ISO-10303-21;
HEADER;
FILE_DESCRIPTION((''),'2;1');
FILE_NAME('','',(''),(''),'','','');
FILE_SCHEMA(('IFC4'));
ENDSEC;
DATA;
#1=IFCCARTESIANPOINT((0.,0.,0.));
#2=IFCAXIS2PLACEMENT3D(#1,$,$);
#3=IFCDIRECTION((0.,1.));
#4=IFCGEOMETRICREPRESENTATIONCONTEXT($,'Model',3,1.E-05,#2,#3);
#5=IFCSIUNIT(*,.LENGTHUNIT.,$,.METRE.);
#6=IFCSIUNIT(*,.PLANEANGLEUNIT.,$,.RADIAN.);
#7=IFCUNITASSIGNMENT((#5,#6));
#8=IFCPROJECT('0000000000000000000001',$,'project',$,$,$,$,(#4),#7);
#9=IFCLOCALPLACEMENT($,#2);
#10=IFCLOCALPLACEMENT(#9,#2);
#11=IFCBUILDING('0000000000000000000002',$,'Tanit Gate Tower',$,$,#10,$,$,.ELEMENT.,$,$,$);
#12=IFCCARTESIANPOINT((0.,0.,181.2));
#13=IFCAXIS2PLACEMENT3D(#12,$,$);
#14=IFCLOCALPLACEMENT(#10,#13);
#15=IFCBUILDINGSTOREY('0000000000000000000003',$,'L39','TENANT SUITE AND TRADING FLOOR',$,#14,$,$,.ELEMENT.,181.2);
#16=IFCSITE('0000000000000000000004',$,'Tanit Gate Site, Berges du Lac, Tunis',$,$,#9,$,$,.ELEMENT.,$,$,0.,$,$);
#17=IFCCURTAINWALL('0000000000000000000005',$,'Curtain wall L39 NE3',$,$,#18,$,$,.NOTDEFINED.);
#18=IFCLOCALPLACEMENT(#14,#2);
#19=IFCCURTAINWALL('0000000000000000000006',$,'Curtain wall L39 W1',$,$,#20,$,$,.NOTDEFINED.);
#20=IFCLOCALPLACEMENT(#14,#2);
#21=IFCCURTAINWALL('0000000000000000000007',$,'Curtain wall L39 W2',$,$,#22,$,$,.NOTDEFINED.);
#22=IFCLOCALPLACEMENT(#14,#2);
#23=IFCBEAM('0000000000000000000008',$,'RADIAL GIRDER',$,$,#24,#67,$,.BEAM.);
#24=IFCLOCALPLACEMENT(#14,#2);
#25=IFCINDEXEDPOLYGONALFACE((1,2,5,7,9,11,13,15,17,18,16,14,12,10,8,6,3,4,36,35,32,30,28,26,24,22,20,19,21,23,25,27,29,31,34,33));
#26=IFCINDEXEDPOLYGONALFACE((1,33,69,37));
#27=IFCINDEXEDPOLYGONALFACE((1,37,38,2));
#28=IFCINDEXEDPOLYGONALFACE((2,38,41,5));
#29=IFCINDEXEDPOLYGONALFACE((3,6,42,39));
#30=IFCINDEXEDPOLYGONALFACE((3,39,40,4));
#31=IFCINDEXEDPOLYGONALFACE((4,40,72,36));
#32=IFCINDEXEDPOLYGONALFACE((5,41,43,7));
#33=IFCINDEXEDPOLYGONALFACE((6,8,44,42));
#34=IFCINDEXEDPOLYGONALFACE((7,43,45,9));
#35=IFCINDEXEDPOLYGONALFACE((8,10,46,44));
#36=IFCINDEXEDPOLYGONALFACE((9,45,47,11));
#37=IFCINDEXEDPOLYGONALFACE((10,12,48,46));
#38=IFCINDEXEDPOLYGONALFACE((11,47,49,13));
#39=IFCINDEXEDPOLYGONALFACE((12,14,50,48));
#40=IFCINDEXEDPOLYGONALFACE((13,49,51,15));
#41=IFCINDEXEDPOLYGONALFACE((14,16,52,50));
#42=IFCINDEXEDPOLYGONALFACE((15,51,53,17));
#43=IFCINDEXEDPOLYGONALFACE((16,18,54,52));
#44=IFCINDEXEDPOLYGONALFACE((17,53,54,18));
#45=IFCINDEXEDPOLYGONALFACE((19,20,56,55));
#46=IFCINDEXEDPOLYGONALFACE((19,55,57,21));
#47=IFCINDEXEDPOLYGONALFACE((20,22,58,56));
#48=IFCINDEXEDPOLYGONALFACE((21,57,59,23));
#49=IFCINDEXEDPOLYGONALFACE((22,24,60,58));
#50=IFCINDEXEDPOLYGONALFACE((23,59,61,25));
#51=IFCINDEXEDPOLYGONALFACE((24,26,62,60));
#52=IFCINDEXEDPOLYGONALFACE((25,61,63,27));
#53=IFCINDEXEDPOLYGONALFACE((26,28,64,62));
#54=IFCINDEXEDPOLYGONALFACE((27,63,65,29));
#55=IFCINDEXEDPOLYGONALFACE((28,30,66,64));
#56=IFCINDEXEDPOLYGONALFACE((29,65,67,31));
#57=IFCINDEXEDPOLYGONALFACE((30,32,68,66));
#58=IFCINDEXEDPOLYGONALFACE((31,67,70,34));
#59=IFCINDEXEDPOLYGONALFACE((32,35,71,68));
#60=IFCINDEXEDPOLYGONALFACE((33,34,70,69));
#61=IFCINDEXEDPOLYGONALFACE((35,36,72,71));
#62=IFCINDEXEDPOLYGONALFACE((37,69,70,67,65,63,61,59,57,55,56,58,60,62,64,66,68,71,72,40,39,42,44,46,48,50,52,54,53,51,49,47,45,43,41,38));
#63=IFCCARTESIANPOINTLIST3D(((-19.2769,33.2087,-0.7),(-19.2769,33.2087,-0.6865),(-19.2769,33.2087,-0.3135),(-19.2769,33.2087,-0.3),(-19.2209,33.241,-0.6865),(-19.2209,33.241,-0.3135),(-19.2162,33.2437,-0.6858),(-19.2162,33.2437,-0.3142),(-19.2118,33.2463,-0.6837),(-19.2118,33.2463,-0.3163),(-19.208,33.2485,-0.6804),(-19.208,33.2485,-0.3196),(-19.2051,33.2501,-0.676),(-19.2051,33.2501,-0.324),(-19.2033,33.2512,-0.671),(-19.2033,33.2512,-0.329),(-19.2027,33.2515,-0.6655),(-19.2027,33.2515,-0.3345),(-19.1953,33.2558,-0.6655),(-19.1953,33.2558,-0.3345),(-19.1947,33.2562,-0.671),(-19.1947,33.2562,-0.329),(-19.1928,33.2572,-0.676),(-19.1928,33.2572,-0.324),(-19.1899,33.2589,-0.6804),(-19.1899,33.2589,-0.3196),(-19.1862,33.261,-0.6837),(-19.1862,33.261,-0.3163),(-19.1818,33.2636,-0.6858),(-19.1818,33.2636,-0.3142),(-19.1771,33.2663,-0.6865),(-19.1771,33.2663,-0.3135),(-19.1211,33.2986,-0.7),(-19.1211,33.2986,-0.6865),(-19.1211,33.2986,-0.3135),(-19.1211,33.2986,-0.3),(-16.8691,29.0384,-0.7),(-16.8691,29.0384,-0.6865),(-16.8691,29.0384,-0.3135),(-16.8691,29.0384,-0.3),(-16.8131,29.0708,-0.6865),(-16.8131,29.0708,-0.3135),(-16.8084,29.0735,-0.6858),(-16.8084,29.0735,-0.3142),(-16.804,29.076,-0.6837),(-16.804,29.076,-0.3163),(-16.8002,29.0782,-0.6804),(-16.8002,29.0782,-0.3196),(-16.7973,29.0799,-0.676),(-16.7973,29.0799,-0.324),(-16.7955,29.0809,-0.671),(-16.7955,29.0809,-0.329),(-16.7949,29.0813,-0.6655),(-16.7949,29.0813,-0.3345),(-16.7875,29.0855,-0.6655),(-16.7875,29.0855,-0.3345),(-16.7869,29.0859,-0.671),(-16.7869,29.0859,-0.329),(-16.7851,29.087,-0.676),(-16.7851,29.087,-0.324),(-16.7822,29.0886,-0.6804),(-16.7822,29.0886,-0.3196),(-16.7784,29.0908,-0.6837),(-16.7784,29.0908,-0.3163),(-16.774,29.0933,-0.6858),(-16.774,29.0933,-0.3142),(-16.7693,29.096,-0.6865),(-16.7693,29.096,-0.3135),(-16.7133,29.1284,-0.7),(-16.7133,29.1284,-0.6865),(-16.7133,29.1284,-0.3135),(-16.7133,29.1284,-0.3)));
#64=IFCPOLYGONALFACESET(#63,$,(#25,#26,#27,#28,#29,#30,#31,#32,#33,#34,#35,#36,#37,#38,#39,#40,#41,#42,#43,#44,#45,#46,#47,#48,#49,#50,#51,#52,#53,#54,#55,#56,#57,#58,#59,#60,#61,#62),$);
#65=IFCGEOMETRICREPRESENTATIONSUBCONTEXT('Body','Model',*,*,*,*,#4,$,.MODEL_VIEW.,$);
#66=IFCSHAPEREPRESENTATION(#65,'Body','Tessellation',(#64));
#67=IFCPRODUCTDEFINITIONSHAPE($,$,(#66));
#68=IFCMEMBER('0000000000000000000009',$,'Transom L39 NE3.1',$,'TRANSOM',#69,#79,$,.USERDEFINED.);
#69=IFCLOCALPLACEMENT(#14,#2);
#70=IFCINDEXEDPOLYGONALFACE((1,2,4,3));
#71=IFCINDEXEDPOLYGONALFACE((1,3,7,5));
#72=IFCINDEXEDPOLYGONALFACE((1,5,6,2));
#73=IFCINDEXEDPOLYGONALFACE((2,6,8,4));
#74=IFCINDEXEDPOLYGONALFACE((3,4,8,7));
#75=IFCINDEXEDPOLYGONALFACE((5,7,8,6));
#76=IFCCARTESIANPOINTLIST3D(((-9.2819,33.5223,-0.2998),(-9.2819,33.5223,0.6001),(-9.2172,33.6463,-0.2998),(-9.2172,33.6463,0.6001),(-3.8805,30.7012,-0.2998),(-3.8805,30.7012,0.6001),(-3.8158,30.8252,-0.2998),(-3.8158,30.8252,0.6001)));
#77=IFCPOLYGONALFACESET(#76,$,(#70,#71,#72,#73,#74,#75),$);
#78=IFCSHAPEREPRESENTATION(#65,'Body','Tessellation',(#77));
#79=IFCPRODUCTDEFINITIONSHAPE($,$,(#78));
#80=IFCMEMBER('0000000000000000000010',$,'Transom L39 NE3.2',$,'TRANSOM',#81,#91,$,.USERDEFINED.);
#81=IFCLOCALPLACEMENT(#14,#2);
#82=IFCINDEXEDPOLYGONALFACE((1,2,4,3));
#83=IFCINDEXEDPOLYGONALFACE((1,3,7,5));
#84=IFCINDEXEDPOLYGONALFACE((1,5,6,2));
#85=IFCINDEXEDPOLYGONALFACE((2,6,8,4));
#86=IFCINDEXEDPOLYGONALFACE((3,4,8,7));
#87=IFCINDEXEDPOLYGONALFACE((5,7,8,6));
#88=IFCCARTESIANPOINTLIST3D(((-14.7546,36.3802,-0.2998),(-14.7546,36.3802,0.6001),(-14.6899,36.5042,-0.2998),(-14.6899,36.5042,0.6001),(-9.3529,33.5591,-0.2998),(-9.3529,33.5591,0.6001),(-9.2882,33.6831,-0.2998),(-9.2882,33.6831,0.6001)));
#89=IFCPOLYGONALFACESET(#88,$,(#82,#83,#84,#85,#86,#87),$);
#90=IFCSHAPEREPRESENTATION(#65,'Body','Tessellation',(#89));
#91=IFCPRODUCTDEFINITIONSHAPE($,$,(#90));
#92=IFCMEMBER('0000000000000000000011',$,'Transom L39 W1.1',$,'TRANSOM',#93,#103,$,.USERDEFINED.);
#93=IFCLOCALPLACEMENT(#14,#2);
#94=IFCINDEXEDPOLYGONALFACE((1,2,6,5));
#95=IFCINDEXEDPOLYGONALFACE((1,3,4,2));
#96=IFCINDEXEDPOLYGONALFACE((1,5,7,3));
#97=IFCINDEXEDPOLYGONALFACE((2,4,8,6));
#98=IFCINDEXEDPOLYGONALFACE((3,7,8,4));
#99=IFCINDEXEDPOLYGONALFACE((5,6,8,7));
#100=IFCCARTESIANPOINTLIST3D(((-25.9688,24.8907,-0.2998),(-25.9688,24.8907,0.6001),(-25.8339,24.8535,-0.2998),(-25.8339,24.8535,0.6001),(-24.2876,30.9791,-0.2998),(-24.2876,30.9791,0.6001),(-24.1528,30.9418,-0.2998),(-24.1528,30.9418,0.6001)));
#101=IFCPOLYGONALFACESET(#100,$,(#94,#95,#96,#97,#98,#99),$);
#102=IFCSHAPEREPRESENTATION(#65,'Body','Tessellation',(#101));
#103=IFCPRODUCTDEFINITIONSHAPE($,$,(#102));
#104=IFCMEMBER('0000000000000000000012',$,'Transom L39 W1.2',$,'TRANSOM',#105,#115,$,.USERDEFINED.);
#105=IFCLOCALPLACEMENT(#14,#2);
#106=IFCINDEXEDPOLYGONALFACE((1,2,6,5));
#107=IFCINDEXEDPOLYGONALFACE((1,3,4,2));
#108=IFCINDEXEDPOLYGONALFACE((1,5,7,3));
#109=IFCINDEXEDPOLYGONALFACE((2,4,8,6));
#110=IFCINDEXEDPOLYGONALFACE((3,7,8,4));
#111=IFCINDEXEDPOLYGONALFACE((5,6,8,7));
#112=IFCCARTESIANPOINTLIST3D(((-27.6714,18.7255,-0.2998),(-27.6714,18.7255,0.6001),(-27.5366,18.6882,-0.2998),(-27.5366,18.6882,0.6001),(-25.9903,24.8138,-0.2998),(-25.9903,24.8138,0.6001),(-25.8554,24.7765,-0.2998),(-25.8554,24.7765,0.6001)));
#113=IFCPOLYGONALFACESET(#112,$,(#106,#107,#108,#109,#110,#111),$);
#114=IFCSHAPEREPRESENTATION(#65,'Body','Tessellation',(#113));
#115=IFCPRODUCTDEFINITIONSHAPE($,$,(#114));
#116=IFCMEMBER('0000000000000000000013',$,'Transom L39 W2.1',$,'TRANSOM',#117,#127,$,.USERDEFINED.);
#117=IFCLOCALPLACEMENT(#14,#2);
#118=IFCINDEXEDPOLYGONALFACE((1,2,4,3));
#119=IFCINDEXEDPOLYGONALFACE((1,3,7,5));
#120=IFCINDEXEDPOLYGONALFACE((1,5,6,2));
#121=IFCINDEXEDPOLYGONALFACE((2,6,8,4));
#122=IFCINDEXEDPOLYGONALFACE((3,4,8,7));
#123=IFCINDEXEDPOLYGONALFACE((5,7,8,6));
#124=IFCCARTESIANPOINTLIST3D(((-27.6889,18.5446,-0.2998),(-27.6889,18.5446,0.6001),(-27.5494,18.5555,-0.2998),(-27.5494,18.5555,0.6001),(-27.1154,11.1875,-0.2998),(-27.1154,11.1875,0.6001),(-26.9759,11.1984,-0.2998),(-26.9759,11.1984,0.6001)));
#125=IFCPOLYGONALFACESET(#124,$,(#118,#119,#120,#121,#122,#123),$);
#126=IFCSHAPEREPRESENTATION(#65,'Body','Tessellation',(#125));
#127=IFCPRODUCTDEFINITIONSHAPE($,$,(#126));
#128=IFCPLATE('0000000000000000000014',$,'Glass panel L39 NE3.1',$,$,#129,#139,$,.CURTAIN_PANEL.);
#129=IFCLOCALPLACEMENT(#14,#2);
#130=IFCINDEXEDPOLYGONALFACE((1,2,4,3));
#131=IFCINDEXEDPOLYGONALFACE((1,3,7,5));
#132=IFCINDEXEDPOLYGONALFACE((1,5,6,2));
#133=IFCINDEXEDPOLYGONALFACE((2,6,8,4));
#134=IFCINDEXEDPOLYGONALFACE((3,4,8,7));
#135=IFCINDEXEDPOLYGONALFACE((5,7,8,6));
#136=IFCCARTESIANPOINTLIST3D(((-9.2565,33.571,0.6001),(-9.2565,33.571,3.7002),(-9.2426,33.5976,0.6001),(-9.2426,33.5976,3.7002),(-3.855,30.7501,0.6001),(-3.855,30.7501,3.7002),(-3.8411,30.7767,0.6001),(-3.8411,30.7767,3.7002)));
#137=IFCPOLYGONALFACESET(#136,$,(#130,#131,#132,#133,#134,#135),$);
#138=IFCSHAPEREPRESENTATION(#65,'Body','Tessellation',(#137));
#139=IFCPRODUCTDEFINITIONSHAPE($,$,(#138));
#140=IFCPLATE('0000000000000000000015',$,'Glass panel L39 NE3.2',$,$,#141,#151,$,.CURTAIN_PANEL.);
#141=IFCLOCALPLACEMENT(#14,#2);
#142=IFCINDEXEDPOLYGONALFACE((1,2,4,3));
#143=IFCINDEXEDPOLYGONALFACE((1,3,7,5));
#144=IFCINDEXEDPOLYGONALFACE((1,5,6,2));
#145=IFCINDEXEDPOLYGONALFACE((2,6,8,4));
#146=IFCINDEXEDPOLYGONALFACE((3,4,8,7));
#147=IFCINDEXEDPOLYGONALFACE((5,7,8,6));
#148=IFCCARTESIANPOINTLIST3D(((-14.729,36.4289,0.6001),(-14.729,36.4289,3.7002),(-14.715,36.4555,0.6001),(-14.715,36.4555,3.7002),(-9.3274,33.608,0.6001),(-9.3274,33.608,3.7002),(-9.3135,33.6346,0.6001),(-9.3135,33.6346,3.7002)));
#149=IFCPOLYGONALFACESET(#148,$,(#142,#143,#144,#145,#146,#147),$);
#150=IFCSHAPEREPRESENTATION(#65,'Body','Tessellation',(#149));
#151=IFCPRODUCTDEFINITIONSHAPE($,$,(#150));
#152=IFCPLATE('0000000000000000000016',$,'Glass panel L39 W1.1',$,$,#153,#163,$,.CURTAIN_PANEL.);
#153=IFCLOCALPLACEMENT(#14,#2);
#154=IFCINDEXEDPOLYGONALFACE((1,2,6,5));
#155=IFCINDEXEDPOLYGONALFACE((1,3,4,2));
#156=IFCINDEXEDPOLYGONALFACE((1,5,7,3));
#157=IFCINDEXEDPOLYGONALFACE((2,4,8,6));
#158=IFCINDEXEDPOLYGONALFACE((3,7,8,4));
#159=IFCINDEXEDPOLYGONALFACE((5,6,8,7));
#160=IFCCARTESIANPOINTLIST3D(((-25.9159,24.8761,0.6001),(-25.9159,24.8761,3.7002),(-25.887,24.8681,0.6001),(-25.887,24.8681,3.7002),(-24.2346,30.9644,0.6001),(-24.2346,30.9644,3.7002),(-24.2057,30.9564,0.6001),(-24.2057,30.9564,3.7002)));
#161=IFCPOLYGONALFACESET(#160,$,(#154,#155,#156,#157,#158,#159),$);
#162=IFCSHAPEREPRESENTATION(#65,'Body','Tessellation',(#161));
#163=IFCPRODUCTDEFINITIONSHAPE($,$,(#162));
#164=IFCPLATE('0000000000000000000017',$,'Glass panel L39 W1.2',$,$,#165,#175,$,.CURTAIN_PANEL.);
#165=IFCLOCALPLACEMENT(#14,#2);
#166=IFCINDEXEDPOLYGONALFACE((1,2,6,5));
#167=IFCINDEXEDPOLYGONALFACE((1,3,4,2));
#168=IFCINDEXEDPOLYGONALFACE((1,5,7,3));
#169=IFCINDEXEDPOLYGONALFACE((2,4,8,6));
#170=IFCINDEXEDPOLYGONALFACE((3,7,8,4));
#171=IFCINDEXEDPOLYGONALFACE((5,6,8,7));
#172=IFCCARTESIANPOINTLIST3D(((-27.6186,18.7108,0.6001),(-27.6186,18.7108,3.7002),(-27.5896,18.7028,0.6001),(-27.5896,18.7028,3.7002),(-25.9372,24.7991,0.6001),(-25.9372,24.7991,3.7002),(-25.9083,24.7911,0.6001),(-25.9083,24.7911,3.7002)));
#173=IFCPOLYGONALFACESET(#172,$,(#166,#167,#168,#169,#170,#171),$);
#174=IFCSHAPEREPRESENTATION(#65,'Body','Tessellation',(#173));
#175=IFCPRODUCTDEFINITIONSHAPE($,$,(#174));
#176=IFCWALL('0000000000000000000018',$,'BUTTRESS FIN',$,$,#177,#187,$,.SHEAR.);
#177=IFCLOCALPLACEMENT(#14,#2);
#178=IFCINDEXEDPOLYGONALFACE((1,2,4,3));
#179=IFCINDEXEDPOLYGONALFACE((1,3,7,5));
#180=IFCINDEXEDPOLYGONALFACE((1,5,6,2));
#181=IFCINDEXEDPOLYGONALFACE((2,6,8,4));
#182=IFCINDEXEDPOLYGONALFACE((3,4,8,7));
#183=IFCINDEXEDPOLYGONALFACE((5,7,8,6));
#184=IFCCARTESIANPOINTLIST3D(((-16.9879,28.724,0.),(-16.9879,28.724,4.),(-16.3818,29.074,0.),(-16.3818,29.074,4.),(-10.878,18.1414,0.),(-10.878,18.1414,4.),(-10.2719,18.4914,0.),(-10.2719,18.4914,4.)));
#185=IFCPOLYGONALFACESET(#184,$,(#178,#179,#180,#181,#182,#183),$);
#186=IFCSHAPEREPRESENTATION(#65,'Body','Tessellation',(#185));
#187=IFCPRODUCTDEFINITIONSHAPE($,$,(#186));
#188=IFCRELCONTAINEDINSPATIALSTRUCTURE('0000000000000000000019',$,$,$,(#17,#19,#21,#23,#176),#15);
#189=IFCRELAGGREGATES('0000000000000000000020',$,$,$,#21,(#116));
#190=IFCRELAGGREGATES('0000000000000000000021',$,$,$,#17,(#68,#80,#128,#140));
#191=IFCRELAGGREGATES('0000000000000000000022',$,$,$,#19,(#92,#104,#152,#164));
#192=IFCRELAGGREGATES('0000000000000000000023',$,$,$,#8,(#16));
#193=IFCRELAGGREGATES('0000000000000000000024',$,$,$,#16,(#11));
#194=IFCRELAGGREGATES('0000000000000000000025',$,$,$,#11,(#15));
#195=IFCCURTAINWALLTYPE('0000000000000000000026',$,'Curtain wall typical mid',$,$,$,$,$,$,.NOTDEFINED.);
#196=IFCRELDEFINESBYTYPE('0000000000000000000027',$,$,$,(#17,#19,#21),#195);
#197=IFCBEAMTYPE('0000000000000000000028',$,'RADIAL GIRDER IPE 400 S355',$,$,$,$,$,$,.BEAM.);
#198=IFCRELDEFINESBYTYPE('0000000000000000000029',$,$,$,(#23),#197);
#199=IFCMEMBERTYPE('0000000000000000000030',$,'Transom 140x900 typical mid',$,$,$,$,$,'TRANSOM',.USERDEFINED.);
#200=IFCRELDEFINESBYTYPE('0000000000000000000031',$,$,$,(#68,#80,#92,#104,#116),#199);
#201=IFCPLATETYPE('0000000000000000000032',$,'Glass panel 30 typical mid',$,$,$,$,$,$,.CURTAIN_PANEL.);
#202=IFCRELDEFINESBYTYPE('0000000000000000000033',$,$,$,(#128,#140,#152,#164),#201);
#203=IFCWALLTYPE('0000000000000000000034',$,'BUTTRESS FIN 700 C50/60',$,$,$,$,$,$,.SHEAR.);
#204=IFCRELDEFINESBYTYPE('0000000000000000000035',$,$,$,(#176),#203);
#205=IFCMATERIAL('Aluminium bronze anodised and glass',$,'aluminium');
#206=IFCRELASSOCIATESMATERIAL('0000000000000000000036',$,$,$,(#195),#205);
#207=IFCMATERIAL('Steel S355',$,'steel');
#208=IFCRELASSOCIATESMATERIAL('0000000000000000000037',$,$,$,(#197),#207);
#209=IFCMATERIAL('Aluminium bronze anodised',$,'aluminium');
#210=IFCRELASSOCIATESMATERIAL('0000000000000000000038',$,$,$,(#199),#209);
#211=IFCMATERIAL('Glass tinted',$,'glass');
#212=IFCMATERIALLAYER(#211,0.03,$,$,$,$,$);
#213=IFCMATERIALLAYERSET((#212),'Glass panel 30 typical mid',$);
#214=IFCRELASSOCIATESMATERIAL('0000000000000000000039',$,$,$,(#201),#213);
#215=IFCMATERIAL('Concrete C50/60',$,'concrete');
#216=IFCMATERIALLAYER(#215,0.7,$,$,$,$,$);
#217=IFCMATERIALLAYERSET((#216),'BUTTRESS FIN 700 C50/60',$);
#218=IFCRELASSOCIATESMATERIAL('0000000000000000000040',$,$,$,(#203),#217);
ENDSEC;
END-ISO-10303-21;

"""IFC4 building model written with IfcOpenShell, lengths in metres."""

from ifc_helpers import new_model, si_unit, direction, frame, frame_2d, origin, origin_2d, place, context, subcontext, project, spatial, rectangle, i_section, extrude, material, layer, layer_set, material_profile, profile_set, type_object, element, aggregate, save


model = new_model("IFC4")

# Units and contexts
model_context = context("Model", 3, precision=1e-05, world=origin(), true_north=direction((0.0, 1.0)))
body_context = subcontext(model_context, "Body", "Model", "MODEL_VIEW")
ifc_project = project(units=[si_unit("LENGTHUNIT", "METRE"), si_unit("PLANEANGLEUNIT", "RADIAN")], contexts=[model_context])

# Site, building, storey
site_placement = place(None, origin())
site = spatial("IfcSite", under=ifc_project, at=site_placement, Name="Tanit Gate Site, Berges du Lac, Tunis", CompositionType="ELEMENT", RefElevation=0.0)
building_placement = place(site_placement, origin())
building = spatial("IfcBuilding", under=site, at=building_placement, Name="Tanit Gate Tower", CompositionType="ELEMENT")
storey_placement = place(building_placement, frame((0.0, 0.0, 181.2)))
storey = spatial("IfcBuildingStorey", under=building, at=storey_placement, Name="L39", Description="TENANT SUITE AND TRADING FLOOR", CompositionType="ELEMENT", Elevation=181.2)

# Curtain wall
ifc_material_1 = material(Name="Aluminium bronze anodised and glass", Category="aluminium")
curtain_wall_type = type_object("IfcCurtainWallType", Name="Curtain wall typical mid", PredefinedType="NOTDEFINED", material=ifc_material_1)
curtain_wall_1_placement = place(storey_placement, origin())
curtain_wall_1 = element("IfcCurtainWall", 1, at=curtain_wall_1_placement, inside=storey, type_object=curtain_wall_type, Name="Curtain wall L39 NE3", PredefinedType="NOTDEFINED")

# Curtain walls
curtain_wall_2_placement = place(storey_placement, origin())
curtain_wall_2 = element("IfcCurtainWall", 2, at=curtain_wall_2_placement, inside=storey, type_object=curtain_wall_type, Name="Curtain wall L39 W1", PredefinedType="NOTDEFINED")
curtain_wall_3_placement = place(storey_placement, origin())
curtain_wall_3 = element("IfcCurtainWall", 3, at=curtain_wall_3_placement, inside=storey, type_object=curtain_wall_type, Name="Curtain wall L39 W2", PredefinedType="NOTDEFINED")

# Beam
ifc_material_2 = material(Name="Steel S355", Category="steel")
ifc_material_profile_1 = material_profile(ifc_material_2, i_section(OverallWidth=0.1799, OverallDepth=0.3999, WebThickness=0.0085, FlangeThickness=0.0134, FilletRadius=0.021, at=origin_2d()), Name="IPE 400")
ifc_profile_set_1 = profile_set([ifc_material_profile_1], Name="Steel S355")
beam_type_1 = type_object("IfcBeamType", Name="RADIAL GIRDER IPE 400 S355", PredefinedType="BEAM", material=ifc_profile_set_1)
beam_1_placement = place(storey_placement, frame((-19.199, 33.2537, -0.5), z_axis=(0.500011, -0.866019, 0.0), x_axis=(0.866019, 0.500011, 0.0)))
element("IfcBeam", 4, at=beam_1_placement, inside=storey, type_object=beam_type_1, Name="RADIAL GIRDER", PredefinedType="BEAM", context=body_context, shape_type="SweptSolid", body=[
    extrude(i_section(OverallWidth=0.1799, OverallDepth=0.3999, WebThickness=0.0085, FlangeThickness=0.0134, FilletRadius=0.021, at=origin_2d()), origin(), (0.0, 0.0, 1.0), 4.8154),
])

# Members
ifc_material_3 = material(Name="Aluminium bronze anodised", Category="aluminium")
ifc_material_profile_2 = material_profile(ifc_material_3, rectangle(XDim=0.1399, YDim=0.8999, at=origin_2d()), Name="140x900 bronze transom")
ifc_profile_set_2 = profile_set([ifc_material_profile_2], Name="Aluminium bronze anodised")
member_type_1 = type_object("IfcMemberType", Name="Transom 140x900 typical mid", ElementType="TRANSOM", PredefinedType="USERDEFINED", material=ifc_profile_set_2)
member_1_placement = place(storey_placement, frame((-3.8481, 30.7632, 0.1501), z_axis=(-0.886387, 0.462945, 0.0), x_axis=(-0.462945, -0.886387, 0.0)))
member_1 = element("IfcMember", 5, at=member_1_placement, type_object=member_type_1, Name="Transom L39 NE3.1", ObjectType="TRANSOM", PredefinedType="USERDEFINED", context=body_context, shape_type="SweptSolid", body=[
    extrude(rectangle(XDim=0.1399, YDim=0.8999, at=origin_2d()), origin(), (0.0, 0.0, 1.0), 6.0938),
])
member_2_placement = place(storey_placement, frame((-9.3206, 33.6211, 0.1501), z_axis=(-0.886395, 0.462929, 0.0), x_axis=(-0.462929, -0.886395, 0.0)))
member_2 = element("IfcMember", 6, at=member_2_placement, type_object=member_type_1, Name="Transom L39 NE3.2", ObjectType="TRANSOM", PredefinedType="USERDEFINED", context=body_context, shape_type="SweptSolid", body=[
    extrude(rectangle(XDim=0.1399, YDim=0.8999, at=origin_2d()), origin(), (0.0, 0.0, 1.0), 6.094),
])
member_3_placement = place(storey_placement, frame((-24.2202, 30.9604, 0.1501), z_axis=(-0.266164, -0.963928, 0.0), x_axis=(0.963928, -0.266164, 0.0)))
member_3 = element("IfcMember", 7, at=member_3_placement, type_object=member_type_1, Name="Transom L39 W1.1", ObjectType="TRANSOM", PredefinedType="USERDEFINED", context=body_context, shape_type="SweptSolid", body=[
    extrude(rectangle(XDim=0.1399, YDim=0.8999, at=origin_2d()), origin(), (0.0, 0.0, 1.0), 6.3162),
])
member_4_placement = place(storey_placement, frame((-25.9229, 24.7952, 0.1501), z_axis=(-0.266164, -0.963928, 0.0), x_axis=(0.963928, -0.266164, 0.0)))
member_4 = element("IfcMember", 8, at=member_4_placement, type_object=member_type_1, Name="Transom L39 W1.2", ObjectType="TRANSOM", PredefinedType="USERDEFINED", context=body_context, shape_type="SweptSolid", body=[
    extrude(rectangle(XDim=0.1399, YDim=0.8999, at=origin_2d()), origin(), (0.0, 0.0, 1.0), 6.3162),
])
member_5_placement = place(storey_placement, frame((-27.6191, 18.55, 0.1501), z_axis=(0.077713, -0.996976, 0.0), x_axis=(0.996976, 0.077713, 0.0)))
member_5 = element("IfcMember", 9, at=member_5_placement, type_object=member_type_1, Name="Transom L39 W2.1", ObjectType="TRANSOM", PredefinedType="USERDEFINED", context=body_context, shape_type="SweptSolid", body=[
    extrude(rectangle(XDim=0.1399, YDim=0.8999, at=origin_2d()), origin(), (0.0, 0.0, 1.0), 7.3794),
])
aggregate(curtain_wall_3, [member_5])

# Plates
ifc_material_4 = material(Name="Glass tinted", Category="glass")
ifc_layer_1 = layer(ifc_material_4, 0.03)
ifc_layer_set_1 = layer_set([ifc_layer_1], Name="Glass panel 30 typical mid")
plate_type = type_object("IfcPlateType", Name="Glass panel 30 typical mid", PredefinedType="CURTAIN_PANEL", material=ifc_layer_set_1)
plate_1_placement = place(storey_placement, frame((-6.5488, 32.1738, 0.6001), z_axis=(0.0, 0.0, 1.0), x_axis=(-0.886403, 0.462914, 0.0)))
plate_1 = element("IfcPlate", 10, at=plate_1_placement, type_object=plate_type, Name="Glass panel L39 NE3.1", PredefinedType="CURTAIN_PANEL", context=body_context, shape_type="SweptSolid", body=[
    extrude(rectangle(XDim=6.0938, YDim=0.03, at=origin_2d()), origin(), (0.0, 0.0, 1.0), 3.1001),
])
plate_2_placement = place(storey_placement, frame((-12.0212, 35.0317, 0.6001), z_axis=(0.0, 0.0, 1.0), x_axis=(-0.886403, 0.462914, 0.0)))
plate_2 = element("IfcPlate", 11, at=plate_2_placement, type_object=plate_type, Name="Glass panel L39 NE3.2", PredefinedType="CURTAIN_PANEL", context=body_context, shape_type="SweptSolid", body=[
    extrude(rectangle(XDim=6.0938, YDim=0.03, at=origin_2d()), origin(), (0.0, 0.0, 1.0), 3.1001),
])
aggregate(curtain_wall_1, [member_1, member_2, plate_1, plate_2])
plate_3_placement = place(storey_placement, frame((-25.0608, 27.9163, 0.6001), z_axis=(0.0, 0.0, 1.0), x_axis=(-0.266191, -0.96392, 0.0)))
plate_3 = element("IfcPlate", 12, at=plate_3_placement, type_object=plate_type, Name="Glass panel L39 W1.1", PredefinedType="CURTAIN_PANEL", context=body_context, shape_type="SweptSolid", body=[
    extrude(rectangle(XDim=6.3162, YDim=0.03, at=origin_2d()), origin(), (0.0, 0.0, 1.0), 3.1001),
])
plate_4_placement = place(storey_placement, frame((-26.7634, 21.751, 0.6001), z_axis=(0.0, 0.0, 1.0), x_axis=(-0.266191, -0.96392, 0.0)))
plate_4 = element("IfcPlate", 13, at=plate_4_placement, type_object=plate_type, Name="Glass panel L39 W1.2", PredefinedType="CURTAIN_PANEL", context=body_context, shape_type="SweptSolid", body=[
    extrude(rectangle(XDim=6.3162, YDim=0.03, at=origin_2d()), origin(), (0.0, 0.0, 1.0), 3.1001),
])
aggregate(curtain_wall_2, [member_3, member_4, plate_3, plate_4])

# Wall
ifc_material_5 = material(Name="Concrete C50/60", Category="concrete")
ifc_layer_2 = layer(ifc_material_5, 0.7)
ifc_layer_set_2 = layer_set([ifc_layer_2], Name="BUTTRESS FIN 700 C50/60")
wall_type_1 = type_object("IfcWallType", Name="BUTTRESS FIN 700 C50/60", PredefinedType="SHEAR", material=ifc_layer_set_2)
wall_1_placement = place(storey_placement, frame((-10.575, 18.3164, 0.0), z_axis=(0.0, 0.0, 1.0), x_axis=(-0.500003, 0.866024, 0.0)))
element("IfcWall", 14, at=wall_1_placement, inside=storey, type_object=wall_type_1, Name="BUTTRESS FIN", PredefinedType="SHEAR", context=body_context, shape_type="SweptSolid", body=[
    extrude(rectangle(XDim=12.2197, YDim=0.7, at=frame_2d((6.1099, 0.0))), origin(), (0.0, 0.0, 1.0), 4.0),
])

save(model, "model.ifc")
